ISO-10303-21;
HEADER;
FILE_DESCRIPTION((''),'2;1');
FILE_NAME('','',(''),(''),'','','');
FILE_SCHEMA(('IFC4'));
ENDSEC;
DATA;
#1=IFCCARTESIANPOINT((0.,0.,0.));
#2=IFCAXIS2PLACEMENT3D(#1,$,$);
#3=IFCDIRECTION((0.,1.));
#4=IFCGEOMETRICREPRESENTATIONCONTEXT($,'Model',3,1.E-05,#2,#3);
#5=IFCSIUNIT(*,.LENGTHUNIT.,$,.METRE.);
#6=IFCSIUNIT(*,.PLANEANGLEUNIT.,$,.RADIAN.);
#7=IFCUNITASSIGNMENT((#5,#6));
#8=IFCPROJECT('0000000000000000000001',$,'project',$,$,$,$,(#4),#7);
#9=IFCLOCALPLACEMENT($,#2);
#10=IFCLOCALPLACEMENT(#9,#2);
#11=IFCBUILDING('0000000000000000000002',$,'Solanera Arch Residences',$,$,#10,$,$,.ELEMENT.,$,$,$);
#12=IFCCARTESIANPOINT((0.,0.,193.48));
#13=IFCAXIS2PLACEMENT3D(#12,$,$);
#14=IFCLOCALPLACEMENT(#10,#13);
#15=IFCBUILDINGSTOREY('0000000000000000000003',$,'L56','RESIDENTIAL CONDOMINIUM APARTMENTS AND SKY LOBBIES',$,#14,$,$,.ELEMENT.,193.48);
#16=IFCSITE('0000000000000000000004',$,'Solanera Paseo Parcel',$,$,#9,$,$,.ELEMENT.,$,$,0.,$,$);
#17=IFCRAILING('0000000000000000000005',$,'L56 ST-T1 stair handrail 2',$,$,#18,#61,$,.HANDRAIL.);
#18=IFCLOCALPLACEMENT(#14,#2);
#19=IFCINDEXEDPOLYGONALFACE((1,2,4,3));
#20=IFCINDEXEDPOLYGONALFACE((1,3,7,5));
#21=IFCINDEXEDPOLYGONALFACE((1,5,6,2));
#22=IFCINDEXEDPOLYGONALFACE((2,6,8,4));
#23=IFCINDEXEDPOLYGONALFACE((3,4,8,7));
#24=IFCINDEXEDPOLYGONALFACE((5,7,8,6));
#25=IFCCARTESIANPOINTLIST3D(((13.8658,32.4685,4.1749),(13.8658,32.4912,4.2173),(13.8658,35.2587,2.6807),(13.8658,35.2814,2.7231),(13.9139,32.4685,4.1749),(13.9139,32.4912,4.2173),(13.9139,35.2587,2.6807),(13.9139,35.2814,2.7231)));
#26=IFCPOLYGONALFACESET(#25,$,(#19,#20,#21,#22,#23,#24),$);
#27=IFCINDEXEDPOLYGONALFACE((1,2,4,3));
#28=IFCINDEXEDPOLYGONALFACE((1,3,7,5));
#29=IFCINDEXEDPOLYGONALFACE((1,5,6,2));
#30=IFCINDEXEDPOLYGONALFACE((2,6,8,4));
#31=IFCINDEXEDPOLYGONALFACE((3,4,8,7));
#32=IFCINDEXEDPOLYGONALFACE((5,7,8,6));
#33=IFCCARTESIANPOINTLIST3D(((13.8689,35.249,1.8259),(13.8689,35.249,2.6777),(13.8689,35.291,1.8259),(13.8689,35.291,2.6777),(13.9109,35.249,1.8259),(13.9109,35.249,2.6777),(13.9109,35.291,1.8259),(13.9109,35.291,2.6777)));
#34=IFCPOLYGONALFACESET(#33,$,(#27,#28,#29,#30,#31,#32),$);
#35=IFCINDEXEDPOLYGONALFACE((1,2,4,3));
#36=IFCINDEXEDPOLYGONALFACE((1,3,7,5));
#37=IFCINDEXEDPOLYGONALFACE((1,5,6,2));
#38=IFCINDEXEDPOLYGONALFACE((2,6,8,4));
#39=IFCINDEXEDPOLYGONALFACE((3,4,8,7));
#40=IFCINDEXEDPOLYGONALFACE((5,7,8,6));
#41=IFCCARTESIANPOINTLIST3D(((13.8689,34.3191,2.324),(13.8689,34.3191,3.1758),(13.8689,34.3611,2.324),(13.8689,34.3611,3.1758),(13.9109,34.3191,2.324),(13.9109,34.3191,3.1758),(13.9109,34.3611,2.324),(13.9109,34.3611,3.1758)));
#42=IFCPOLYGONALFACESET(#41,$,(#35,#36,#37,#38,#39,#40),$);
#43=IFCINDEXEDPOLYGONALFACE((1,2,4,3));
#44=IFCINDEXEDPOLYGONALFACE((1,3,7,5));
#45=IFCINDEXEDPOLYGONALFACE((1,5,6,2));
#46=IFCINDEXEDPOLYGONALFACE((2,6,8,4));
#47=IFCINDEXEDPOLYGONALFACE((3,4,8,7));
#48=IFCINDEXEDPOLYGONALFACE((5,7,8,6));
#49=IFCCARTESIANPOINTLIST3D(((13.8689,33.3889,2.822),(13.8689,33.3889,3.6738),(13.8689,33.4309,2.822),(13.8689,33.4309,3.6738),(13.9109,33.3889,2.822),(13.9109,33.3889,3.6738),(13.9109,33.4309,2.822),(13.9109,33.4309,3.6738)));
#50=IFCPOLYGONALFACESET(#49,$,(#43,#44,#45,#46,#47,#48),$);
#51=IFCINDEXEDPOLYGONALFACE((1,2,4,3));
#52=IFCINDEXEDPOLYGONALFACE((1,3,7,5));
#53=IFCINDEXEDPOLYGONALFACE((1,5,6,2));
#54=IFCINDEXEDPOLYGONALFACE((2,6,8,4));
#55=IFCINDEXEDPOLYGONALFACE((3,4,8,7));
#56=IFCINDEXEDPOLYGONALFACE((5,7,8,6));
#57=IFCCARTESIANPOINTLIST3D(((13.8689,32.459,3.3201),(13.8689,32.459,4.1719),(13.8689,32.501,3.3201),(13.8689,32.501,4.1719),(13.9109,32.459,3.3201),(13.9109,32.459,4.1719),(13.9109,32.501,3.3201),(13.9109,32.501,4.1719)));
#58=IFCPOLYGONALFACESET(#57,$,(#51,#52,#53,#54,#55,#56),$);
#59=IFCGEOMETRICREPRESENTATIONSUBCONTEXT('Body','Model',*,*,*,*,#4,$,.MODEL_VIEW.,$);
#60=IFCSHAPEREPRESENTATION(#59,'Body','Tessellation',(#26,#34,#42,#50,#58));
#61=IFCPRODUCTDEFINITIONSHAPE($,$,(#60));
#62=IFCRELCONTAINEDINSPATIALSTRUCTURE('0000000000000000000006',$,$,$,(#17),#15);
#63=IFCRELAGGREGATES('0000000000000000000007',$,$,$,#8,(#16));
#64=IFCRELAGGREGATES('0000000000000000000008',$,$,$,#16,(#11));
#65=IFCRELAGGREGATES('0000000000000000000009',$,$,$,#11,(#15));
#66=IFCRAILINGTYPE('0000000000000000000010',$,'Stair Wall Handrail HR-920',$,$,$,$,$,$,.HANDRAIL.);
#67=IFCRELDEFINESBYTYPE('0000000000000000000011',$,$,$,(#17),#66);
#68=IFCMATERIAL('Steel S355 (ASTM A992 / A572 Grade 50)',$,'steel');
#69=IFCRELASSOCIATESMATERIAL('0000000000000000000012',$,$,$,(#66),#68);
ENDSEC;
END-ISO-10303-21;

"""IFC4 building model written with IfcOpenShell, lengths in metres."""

from ifc_helpers import new_model, si_unit, direction, frame, origin, origin_2d, place, context, subcontext, project, spatial, rectangle, extrude, material, type_object, element, save


model = new_model("IFC4")

# Units and contexts
model_context = context("Model", 3, precision=1e-05, world=origin(), true_north=direction((0.0, 1.0)))
body_context = subcontext(model_context, "Body", "Model", "MODEL_VIEW")
ifc_project = project(units=[si_unit("LENGTHUNIT", "METRE"), si_unit("PLANEANGLEUNIT", "RADIAN")], contexts=[model_context])

# Site, building, storey
site_placement = place(None, origin())
site = spatial("IfcSite", under=ifc_project, at=site_placement, Name="Solanera Paseo Parcel", CompositionType="ELEMENT", RefElevation=0.0)
building_placement = place(site_placement, origin())
building = spatial("IfcBuilding", under=site, at=building_placement, Name="Solanera Arch Residences", CompositionType="ELEMENT")
storey_placement = place(building_placement, frame((0.0, 0.0, 193.48)))
storey = spatial("IfcBuildingStorey", under=building, at=storey_placement, Name="L56", Description="RESIDENTIAL CONDOMINIUM APARTMENTS AND SKY LOBBIES", CompositionType="ELEMENT", Elevation=193.48)

# Railing
ifc_material_1 = material(Name="Steel S355 (ASTM A992 / A572 Grade 50)", Category="steel")
railing_type_1 = type_object("IfcRailingType", Name="Stair Wall Handrail HR-920", PredefinedType="HANDRAIL", material=ifc_material_1)
railing_1_placement = place(storey_placement, frame((13.8899, 35.27, 1.8259)))
element("IfcRailing", 1, at=railing_1_placement, inside=storey, type_object=railing_type_1, Name="L56 ST-T1 stair handrail 2", PredefinedType="HANDRAIL", context=body_context, shape_type="SweptSolid", body=[
    extrude(rectangle(XDim=0.0481, YDim=0.0481, at=origin_2d()), frame((0.0, 0.0, 0.876), z_axis=(0.0, -0.881549, 0.472093), x_axis=(1.0, 0.0, 0.0)), (0.0, 0.0, 1.0), 3.165),
    extrude(rectangle(XDim=0.042, YDim=0.042, at=origin_2d()), origin(), (0.0, 0.0, 1.0), 0.8518),
    extrude(rectangle(XDim=0.042, YDim=0.042, at=origin_2d()), frame((0.0, -0.9299, 0.498)), (0.0, 0.0, 1.0), 0.8518),
    extrude(rectangle(XDim=0.042, YDim=0.042, at=origin_2d()), frame((0.0, -1.8601, 0.9961)), (0.0, 0.0, 1.0), 0.8518),
    extrude(rectangle(XDim=0.042, YDim=0.042, at=origin_2d()), frame((0.0, -2.79, 1.4941)), (0.0, 0.0, 1.0), 0.8518),
])

save(model, "model.ifc")
